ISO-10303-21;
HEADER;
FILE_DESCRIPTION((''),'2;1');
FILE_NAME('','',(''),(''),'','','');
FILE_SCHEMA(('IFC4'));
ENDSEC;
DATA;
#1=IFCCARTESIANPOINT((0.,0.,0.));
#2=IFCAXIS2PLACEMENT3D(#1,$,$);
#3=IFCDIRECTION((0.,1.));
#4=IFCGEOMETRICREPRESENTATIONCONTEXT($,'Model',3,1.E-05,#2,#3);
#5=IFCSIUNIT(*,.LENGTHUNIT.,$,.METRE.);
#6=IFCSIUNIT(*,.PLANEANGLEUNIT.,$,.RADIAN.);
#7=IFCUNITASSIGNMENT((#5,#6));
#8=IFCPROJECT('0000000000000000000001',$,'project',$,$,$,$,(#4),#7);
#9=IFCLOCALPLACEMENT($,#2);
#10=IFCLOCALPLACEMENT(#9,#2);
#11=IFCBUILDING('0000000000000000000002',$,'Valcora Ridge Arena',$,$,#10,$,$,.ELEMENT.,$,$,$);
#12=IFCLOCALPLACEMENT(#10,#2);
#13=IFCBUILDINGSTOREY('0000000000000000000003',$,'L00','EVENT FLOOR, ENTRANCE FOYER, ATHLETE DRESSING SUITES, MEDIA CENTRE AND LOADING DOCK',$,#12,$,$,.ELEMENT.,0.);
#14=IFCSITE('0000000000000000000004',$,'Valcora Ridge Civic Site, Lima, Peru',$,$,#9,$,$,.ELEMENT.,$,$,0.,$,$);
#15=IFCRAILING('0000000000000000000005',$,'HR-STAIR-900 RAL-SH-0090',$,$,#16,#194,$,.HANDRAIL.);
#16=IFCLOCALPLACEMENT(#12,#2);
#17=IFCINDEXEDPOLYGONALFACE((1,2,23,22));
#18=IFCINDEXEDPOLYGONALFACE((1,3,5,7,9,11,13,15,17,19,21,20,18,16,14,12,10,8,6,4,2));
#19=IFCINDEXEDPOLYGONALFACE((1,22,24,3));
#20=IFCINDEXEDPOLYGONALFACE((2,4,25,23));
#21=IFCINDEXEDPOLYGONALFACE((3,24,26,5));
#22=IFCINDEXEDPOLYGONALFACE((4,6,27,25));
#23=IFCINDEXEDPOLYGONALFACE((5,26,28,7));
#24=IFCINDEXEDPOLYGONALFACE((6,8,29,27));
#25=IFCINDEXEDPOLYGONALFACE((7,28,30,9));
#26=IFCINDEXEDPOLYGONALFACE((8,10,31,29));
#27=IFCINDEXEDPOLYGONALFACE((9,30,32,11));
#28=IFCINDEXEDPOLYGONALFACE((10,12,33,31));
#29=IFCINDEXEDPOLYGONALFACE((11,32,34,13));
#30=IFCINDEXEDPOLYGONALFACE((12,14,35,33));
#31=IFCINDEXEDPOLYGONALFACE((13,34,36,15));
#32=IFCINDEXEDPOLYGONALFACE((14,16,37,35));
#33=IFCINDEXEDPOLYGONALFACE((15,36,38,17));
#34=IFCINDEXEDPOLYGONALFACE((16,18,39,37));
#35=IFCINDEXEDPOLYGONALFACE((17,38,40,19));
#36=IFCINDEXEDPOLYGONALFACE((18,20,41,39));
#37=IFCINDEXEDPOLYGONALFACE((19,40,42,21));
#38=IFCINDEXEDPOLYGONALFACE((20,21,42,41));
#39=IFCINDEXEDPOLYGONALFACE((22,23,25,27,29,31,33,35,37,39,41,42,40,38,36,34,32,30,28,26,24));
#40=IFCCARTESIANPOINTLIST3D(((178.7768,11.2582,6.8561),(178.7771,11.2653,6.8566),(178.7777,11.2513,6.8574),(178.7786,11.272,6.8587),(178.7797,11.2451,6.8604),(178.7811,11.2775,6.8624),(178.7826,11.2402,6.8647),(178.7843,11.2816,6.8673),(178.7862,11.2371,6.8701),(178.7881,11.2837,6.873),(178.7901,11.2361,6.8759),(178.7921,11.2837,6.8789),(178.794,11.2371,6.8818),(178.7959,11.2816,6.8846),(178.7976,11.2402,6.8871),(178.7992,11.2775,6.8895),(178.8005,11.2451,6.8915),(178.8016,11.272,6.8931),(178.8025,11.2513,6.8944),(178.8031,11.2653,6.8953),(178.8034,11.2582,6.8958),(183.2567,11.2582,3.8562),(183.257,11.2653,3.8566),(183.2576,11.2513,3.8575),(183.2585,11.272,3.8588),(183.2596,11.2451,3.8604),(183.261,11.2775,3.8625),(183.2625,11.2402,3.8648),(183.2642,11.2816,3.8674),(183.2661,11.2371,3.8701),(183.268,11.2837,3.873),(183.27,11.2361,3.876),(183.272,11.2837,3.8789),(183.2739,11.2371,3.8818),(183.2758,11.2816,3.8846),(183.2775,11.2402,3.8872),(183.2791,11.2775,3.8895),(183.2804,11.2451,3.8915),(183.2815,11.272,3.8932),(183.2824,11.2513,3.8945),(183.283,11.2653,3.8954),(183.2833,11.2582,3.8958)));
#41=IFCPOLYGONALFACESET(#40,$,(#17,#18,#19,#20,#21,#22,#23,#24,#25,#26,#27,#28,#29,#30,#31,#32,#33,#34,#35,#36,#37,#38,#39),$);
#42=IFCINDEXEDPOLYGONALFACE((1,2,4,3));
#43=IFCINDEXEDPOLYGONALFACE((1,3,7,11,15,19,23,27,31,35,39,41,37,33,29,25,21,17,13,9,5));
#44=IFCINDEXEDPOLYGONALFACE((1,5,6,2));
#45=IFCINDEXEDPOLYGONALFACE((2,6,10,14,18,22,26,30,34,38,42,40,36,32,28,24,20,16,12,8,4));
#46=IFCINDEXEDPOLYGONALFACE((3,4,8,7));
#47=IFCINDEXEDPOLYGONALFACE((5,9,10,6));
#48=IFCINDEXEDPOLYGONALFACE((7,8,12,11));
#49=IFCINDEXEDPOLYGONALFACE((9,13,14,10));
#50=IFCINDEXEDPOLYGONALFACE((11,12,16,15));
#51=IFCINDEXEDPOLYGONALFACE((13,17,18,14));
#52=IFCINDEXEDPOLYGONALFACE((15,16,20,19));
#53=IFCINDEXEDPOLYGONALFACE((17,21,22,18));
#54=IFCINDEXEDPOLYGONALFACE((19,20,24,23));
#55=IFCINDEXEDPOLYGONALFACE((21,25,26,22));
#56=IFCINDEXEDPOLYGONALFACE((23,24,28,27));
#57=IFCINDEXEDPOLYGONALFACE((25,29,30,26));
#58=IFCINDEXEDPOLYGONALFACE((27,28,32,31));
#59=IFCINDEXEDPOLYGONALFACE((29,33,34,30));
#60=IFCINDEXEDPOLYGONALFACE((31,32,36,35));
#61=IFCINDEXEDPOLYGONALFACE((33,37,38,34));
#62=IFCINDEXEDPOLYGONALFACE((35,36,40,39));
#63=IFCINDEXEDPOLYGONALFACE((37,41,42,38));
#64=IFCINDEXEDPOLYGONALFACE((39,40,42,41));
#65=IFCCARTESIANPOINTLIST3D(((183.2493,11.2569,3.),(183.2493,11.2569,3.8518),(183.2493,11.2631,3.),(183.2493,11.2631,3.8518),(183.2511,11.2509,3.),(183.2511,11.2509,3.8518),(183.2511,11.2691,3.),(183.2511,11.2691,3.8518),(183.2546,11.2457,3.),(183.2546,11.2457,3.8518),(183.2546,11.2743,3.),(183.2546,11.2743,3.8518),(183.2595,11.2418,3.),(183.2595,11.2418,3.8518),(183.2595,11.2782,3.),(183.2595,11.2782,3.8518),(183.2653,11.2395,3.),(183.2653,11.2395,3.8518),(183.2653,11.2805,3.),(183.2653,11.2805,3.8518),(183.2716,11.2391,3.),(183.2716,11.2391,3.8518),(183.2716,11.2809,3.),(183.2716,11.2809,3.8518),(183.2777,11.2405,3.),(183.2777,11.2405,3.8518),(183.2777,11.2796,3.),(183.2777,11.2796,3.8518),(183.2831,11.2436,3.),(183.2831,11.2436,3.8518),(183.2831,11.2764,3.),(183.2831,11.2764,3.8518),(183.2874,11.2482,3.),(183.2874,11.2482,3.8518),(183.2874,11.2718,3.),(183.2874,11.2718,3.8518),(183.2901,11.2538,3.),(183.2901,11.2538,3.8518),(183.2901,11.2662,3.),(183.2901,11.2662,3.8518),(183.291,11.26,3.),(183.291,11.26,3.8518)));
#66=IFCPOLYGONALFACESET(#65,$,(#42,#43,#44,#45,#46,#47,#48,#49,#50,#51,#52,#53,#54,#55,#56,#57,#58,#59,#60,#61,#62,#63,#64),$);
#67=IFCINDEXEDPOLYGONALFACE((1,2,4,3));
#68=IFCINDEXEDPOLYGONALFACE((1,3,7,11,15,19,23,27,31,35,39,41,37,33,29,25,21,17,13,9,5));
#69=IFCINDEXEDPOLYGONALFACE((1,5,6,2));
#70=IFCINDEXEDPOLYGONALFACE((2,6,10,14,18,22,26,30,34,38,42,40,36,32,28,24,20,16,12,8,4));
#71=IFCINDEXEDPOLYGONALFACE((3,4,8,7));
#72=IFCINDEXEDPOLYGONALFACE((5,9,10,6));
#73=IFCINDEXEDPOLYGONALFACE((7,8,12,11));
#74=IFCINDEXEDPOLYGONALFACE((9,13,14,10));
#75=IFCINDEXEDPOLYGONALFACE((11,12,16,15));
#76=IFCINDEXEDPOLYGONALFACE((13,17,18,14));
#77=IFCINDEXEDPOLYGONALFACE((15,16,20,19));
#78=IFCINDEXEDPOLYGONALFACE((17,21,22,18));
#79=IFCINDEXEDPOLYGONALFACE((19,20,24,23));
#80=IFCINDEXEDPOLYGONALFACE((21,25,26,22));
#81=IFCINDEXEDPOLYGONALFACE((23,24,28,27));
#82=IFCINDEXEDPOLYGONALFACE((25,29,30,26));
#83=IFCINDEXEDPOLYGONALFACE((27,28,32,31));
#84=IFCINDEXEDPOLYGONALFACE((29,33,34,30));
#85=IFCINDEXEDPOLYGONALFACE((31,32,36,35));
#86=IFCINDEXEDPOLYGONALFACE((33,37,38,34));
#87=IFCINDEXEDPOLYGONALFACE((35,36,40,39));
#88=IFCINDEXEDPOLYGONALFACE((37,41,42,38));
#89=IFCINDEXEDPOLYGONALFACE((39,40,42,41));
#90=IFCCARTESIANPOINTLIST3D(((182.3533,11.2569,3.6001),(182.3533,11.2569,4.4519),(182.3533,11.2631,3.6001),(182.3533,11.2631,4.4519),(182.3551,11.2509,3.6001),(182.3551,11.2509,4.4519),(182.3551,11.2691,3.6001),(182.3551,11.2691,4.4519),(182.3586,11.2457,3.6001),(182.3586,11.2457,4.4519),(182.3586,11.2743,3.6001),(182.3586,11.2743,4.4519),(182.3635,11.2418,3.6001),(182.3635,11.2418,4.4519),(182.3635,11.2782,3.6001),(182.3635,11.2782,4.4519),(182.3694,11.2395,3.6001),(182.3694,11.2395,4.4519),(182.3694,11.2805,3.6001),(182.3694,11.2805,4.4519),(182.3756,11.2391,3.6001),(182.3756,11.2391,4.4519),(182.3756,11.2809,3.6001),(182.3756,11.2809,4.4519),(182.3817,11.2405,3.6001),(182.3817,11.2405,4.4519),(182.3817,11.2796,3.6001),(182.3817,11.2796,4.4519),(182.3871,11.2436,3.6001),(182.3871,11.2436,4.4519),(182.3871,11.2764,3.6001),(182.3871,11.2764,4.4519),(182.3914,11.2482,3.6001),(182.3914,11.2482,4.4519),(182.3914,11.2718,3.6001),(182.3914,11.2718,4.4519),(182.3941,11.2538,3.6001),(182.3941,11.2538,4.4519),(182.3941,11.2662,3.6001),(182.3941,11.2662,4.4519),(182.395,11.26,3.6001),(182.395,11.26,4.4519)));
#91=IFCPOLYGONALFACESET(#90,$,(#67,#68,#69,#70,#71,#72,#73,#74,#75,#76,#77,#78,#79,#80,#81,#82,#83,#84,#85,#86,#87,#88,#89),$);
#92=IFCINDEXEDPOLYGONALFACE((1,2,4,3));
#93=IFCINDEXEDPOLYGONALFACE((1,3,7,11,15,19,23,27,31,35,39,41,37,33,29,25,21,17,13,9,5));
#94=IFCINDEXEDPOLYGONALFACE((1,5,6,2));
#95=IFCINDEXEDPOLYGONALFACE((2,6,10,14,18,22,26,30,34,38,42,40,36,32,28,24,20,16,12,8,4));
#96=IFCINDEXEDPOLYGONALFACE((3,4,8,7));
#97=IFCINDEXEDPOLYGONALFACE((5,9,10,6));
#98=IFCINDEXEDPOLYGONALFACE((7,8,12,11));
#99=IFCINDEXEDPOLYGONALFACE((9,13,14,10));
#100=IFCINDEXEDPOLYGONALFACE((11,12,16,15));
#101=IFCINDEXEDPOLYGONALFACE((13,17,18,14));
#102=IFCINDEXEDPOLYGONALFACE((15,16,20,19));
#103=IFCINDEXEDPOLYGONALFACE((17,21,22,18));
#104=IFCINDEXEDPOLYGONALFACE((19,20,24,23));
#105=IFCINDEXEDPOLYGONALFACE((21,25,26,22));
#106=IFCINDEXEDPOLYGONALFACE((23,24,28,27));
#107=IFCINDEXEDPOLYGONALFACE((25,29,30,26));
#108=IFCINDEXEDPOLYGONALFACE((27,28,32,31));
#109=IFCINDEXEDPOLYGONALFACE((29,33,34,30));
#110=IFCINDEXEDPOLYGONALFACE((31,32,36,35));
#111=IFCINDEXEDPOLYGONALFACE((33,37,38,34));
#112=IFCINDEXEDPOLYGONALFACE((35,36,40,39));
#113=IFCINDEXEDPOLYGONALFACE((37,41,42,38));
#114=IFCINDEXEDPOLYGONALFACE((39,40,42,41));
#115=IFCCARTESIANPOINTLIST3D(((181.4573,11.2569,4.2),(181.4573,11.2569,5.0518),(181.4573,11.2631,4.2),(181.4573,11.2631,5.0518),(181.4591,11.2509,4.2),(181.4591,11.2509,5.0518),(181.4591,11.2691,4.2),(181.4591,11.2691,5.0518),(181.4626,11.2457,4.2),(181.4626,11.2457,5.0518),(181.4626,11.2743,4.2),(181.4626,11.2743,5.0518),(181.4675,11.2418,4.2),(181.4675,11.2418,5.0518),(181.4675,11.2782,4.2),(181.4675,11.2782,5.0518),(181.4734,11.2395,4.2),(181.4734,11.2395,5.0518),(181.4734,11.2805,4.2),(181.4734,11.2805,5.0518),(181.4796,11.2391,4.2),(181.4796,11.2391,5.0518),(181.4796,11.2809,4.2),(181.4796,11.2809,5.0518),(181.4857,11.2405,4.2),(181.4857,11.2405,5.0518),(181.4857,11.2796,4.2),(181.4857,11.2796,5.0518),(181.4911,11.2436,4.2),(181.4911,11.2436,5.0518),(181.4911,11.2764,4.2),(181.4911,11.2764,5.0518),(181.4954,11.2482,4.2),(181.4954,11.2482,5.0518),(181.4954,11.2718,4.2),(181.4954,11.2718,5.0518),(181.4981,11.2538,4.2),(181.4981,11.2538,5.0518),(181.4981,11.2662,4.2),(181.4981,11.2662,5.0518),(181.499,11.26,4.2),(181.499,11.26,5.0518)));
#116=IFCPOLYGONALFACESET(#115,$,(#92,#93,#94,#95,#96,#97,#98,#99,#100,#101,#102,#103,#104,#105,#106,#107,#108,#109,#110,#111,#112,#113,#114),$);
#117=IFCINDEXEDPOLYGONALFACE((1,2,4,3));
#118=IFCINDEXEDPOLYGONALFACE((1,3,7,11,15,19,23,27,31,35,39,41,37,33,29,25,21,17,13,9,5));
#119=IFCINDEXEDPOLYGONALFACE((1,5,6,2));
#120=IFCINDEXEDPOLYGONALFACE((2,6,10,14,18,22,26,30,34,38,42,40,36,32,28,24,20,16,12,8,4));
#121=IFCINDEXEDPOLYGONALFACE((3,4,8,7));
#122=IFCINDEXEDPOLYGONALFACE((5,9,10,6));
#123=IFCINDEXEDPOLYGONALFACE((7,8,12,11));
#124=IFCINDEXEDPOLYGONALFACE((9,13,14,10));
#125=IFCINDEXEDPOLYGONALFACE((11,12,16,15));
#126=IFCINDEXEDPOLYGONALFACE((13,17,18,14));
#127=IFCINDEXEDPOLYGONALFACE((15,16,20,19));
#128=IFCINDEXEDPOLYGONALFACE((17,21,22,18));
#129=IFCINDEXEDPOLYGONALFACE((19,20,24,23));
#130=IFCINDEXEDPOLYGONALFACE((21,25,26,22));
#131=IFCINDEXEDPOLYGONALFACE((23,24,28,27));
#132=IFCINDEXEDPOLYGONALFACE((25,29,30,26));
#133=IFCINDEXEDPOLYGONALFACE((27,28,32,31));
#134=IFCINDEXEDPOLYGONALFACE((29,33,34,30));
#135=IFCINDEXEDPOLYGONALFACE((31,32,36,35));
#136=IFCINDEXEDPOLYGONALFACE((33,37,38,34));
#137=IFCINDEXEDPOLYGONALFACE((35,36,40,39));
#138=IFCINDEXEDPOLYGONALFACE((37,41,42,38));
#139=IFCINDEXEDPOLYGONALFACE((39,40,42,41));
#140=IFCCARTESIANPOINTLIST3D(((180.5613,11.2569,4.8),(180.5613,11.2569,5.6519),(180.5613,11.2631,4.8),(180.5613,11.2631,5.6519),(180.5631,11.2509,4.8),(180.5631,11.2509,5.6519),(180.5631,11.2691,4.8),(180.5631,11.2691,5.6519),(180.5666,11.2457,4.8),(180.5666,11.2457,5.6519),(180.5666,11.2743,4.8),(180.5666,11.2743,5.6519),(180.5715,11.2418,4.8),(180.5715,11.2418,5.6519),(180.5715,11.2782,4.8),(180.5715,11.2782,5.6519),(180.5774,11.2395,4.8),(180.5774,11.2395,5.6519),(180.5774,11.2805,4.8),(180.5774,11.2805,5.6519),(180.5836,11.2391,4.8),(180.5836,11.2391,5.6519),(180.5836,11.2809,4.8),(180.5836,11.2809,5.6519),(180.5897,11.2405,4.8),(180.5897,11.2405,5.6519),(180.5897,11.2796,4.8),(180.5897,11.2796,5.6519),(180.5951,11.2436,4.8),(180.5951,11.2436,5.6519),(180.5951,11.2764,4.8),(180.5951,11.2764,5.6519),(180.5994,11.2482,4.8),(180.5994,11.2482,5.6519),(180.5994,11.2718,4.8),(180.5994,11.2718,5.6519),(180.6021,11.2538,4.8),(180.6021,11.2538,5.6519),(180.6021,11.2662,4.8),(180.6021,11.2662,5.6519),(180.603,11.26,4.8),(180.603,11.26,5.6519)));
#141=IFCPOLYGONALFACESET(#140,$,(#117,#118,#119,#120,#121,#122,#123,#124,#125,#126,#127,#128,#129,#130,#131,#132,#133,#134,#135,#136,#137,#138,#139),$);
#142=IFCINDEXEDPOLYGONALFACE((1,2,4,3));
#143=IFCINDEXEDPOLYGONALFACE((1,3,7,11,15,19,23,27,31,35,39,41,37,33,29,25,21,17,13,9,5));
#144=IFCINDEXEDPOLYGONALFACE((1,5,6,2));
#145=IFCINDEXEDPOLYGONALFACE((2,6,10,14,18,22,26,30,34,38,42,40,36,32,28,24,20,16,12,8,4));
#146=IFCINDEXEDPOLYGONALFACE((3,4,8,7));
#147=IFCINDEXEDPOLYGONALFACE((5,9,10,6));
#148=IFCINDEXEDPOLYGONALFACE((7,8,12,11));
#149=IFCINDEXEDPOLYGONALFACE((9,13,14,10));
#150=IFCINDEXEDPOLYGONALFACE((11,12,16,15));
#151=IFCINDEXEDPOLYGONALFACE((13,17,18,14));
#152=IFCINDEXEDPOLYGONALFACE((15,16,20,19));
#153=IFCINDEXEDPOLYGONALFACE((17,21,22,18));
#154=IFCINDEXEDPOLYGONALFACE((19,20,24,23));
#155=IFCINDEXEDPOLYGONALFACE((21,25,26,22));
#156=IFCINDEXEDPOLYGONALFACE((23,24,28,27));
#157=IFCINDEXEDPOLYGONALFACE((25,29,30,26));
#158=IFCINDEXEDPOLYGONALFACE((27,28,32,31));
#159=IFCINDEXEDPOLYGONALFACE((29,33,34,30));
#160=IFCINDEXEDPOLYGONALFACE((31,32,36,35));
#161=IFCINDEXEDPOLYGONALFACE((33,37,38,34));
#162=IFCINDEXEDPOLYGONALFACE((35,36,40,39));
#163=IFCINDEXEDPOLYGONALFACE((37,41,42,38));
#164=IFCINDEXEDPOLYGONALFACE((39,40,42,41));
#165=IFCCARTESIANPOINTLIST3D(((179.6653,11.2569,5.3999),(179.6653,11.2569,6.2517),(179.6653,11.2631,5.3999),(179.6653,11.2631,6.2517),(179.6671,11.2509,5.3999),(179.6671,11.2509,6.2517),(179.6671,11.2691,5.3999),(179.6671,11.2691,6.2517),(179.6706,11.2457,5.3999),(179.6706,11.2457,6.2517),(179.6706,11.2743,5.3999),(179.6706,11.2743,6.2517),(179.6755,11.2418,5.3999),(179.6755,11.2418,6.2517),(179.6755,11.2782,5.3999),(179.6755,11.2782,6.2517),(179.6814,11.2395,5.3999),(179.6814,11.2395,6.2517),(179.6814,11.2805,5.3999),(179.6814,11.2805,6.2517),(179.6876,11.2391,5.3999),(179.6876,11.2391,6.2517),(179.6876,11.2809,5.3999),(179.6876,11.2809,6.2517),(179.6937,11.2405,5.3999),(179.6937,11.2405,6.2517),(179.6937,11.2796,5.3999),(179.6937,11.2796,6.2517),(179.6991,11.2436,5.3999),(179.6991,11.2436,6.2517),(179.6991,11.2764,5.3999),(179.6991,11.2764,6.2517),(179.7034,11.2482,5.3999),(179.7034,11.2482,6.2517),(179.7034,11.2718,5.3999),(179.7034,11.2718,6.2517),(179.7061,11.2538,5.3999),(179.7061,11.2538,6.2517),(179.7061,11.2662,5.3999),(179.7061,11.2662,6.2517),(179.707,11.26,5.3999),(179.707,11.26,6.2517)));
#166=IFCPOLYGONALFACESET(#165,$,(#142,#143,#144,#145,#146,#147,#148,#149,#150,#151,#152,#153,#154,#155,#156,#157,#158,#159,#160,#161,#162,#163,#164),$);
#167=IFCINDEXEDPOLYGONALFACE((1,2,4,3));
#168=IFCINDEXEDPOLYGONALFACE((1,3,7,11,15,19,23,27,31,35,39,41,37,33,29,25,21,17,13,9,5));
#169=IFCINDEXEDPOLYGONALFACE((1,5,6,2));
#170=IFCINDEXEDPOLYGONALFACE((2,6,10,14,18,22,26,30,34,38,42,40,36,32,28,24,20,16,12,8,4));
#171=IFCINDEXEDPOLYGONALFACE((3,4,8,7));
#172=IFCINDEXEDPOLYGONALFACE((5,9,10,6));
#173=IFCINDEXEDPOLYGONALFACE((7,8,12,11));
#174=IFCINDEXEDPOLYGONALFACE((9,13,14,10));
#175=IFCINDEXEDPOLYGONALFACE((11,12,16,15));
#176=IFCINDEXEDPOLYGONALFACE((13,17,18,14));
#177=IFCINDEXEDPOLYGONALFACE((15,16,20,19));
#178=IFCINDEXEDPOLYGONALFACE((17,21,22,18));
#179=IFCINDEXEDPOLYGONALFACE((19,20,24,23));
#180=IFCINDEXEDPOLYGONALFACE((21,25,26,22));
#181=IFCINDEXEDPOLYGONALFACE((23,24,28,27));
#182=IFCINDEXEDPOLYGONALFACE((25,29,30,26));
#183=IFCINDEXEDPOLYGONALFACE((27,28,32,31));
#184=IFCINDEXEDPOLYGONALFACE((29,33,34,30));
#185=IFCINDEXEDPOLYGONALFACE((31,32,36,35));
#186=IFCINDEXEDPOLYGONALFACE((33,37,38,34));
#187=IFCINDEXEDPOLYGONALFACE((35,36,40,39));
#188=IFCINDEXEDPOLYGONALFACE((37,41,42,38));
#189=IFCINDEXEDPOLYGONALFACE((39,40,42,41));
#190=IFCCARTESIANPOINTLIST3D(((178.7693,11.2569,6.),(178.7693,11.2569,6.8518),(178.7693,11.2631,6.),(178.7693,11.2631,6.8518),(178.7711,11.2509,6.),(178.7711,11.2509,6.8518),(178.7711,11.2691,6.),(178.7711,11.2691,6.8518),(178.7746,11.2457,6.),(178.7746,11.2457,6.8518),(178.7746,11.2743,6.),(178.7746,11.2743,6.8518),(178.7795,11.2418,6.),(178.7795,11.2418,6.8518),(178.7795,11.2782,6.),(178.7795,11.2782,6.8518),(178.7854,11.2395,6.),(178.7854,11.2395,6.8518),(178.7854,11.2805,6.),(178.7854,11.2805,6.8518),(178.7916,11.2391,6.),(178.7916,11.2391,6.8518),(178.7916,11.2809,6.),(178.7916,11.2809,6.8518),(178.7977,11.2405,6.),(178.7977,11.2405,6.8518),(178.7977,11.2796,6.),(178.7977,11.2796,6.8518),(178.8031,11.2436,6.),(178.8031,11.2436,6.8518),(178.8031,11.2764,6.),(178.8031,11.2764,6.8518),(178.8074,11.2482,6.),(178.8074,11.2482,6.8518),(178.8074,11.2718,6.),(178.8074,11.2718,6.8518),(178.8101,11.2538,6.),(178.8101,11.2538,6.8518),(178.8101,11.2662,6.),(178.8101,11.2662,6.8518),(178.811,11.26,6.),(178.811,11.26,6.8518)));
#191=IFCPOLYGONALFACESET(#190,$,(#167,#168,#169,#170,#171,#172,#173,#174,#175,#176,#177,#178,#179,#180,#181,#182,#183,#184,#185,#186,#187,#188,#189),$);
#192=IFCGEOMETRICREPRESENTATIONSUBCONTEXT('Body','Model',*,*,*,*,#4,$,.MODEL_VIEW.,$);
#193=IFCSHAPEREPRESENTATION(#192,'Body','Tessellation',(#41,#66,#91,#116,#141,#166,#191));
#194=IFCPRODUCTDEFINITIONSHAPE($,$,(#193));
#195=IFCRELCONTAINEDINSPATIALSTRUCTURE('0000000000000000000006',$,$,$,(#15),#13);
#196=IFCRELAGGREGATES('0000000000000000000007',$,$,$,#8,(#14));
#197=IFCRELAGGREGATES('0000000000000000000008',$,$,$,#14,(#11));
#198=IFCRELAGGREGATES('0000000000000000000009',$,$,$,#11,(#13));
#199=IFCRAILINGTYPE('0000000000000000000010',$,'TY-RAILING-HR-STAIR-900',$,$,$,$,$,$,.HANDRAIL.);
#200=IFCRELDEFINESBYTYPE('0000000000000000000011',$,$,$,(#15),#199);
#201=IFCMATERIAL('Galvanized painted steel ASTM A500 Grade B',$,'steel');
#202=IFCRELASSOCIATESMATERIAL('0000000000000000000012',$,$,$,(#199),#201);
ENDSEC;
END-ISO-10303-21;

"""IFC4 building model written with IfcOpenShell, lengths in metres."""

from ifc_helpers import new_model, si_unit, direction, frame, origin, origin_2d, place, context, subcontext, project, spatial, circle, extrude, material, type_object, element, save


model = new_model("IFC4")

# Units and contexts
model_context = context("Model", 3, precision=1e-05, world=origin(), true_north=direction((0.0, 1.0)))
body_context = subcontext(model_context, "Body", "Model", "MODEL_VIEW")
ifc_project = project(units=[si_unit("LENGTHUNIT", "METRE"), si_unit("PLANEANGLEUNIT", "RADIAN")], contexts=[model_context])

# Site, building, storey
site_placement = place(None, origin())
site = spatial("IfcSite", under=ifc_project, at=site_placement, Name="Valcora Ridge Civic Site, Lima, Peru", CompositionType="ELEMENT", RefElevation=0.0)
building_placement = place(site_placement, origin())
building = spatial("IfcBuilding", under=site, at=building_placement, Name="Valcora Ridge Arena", CompositionType="ELEMENT")
storey_placement = place(building_placement, origin())
storey = spatial("IfcBuildingStorey", under=building, at=storey_placement, Name="L00", Description="EVENT FLOOR, ENTRANCE FOYER, ATHLETE DRESSING SUITES, MEDIA CENTRE AND LOADING DOCK", CompositionType="ELEMENT", Elevation=0.0)

# Railing
ifc_material_1 = material(Name="Galvanized painted steel ASTM A500 Grade B", Category="steel")
railing_type = type_object("IfcRailingType", Name="TY-RAILING-HR-STAIR-900", PredefinedType="HANDRAIL", material=ifc_material_1)
railing_placement = place(storey_placement, frame((183.27, 11.26, 3.0)))
element("IfcRailing", 1, at=railing_placement, inside=storey, type_object=railing_type, Name="HR-STAIR-900 RAL-SH-0090", PredefinedType="HANDRAIL", context=body_context, shape_type="SweptSolid", body=[
    extrude(circle(Radius=0.0239, at=origin_2d()), frame((0.0, 0.0, 0.876), z_axis=(-0.830906, 0.0, 0.556413), x_axis=(0.0, -1.0, 0.0)), (0.0, 0.0, 1.0), 5.3916),
    extrude(circle(Radius=0.021, at=origin_2d()), origin(), (0.0, 0.0, 1.0), 0.8518),
    extrude(circle(Radius=0.021, at=origin_2d()), frame((-0.896, 0.0, 0.6001)), (0.0, 0.0, 1.0), 0.8518),
    extrude(circle(Radius=0.021, at=origin_2d()), frame((-1.792, 0.0, 1.2)), (0.0, 0.0, 1.0), 0.8518),
    extrude(circle(Radius=0.021, at=origin_2d()), frame((-2.688, 0.0, 1.8)), (0.0, 0.0, 1.0), 0.8518),
    extrude(circle(Radius=0.021, at=origin_2d()), frame((-3.584, 0.0, 2.3999)), (0.0, 0.0, 1.0), 0.8518),
    extrude(circle(Radius=0.021, at=origin_2d()), frame((-4.48, 0.0, 3.0)), (0.0, 0.0, 1.0), 0.8518),
])

save(model, "model.ifc")
